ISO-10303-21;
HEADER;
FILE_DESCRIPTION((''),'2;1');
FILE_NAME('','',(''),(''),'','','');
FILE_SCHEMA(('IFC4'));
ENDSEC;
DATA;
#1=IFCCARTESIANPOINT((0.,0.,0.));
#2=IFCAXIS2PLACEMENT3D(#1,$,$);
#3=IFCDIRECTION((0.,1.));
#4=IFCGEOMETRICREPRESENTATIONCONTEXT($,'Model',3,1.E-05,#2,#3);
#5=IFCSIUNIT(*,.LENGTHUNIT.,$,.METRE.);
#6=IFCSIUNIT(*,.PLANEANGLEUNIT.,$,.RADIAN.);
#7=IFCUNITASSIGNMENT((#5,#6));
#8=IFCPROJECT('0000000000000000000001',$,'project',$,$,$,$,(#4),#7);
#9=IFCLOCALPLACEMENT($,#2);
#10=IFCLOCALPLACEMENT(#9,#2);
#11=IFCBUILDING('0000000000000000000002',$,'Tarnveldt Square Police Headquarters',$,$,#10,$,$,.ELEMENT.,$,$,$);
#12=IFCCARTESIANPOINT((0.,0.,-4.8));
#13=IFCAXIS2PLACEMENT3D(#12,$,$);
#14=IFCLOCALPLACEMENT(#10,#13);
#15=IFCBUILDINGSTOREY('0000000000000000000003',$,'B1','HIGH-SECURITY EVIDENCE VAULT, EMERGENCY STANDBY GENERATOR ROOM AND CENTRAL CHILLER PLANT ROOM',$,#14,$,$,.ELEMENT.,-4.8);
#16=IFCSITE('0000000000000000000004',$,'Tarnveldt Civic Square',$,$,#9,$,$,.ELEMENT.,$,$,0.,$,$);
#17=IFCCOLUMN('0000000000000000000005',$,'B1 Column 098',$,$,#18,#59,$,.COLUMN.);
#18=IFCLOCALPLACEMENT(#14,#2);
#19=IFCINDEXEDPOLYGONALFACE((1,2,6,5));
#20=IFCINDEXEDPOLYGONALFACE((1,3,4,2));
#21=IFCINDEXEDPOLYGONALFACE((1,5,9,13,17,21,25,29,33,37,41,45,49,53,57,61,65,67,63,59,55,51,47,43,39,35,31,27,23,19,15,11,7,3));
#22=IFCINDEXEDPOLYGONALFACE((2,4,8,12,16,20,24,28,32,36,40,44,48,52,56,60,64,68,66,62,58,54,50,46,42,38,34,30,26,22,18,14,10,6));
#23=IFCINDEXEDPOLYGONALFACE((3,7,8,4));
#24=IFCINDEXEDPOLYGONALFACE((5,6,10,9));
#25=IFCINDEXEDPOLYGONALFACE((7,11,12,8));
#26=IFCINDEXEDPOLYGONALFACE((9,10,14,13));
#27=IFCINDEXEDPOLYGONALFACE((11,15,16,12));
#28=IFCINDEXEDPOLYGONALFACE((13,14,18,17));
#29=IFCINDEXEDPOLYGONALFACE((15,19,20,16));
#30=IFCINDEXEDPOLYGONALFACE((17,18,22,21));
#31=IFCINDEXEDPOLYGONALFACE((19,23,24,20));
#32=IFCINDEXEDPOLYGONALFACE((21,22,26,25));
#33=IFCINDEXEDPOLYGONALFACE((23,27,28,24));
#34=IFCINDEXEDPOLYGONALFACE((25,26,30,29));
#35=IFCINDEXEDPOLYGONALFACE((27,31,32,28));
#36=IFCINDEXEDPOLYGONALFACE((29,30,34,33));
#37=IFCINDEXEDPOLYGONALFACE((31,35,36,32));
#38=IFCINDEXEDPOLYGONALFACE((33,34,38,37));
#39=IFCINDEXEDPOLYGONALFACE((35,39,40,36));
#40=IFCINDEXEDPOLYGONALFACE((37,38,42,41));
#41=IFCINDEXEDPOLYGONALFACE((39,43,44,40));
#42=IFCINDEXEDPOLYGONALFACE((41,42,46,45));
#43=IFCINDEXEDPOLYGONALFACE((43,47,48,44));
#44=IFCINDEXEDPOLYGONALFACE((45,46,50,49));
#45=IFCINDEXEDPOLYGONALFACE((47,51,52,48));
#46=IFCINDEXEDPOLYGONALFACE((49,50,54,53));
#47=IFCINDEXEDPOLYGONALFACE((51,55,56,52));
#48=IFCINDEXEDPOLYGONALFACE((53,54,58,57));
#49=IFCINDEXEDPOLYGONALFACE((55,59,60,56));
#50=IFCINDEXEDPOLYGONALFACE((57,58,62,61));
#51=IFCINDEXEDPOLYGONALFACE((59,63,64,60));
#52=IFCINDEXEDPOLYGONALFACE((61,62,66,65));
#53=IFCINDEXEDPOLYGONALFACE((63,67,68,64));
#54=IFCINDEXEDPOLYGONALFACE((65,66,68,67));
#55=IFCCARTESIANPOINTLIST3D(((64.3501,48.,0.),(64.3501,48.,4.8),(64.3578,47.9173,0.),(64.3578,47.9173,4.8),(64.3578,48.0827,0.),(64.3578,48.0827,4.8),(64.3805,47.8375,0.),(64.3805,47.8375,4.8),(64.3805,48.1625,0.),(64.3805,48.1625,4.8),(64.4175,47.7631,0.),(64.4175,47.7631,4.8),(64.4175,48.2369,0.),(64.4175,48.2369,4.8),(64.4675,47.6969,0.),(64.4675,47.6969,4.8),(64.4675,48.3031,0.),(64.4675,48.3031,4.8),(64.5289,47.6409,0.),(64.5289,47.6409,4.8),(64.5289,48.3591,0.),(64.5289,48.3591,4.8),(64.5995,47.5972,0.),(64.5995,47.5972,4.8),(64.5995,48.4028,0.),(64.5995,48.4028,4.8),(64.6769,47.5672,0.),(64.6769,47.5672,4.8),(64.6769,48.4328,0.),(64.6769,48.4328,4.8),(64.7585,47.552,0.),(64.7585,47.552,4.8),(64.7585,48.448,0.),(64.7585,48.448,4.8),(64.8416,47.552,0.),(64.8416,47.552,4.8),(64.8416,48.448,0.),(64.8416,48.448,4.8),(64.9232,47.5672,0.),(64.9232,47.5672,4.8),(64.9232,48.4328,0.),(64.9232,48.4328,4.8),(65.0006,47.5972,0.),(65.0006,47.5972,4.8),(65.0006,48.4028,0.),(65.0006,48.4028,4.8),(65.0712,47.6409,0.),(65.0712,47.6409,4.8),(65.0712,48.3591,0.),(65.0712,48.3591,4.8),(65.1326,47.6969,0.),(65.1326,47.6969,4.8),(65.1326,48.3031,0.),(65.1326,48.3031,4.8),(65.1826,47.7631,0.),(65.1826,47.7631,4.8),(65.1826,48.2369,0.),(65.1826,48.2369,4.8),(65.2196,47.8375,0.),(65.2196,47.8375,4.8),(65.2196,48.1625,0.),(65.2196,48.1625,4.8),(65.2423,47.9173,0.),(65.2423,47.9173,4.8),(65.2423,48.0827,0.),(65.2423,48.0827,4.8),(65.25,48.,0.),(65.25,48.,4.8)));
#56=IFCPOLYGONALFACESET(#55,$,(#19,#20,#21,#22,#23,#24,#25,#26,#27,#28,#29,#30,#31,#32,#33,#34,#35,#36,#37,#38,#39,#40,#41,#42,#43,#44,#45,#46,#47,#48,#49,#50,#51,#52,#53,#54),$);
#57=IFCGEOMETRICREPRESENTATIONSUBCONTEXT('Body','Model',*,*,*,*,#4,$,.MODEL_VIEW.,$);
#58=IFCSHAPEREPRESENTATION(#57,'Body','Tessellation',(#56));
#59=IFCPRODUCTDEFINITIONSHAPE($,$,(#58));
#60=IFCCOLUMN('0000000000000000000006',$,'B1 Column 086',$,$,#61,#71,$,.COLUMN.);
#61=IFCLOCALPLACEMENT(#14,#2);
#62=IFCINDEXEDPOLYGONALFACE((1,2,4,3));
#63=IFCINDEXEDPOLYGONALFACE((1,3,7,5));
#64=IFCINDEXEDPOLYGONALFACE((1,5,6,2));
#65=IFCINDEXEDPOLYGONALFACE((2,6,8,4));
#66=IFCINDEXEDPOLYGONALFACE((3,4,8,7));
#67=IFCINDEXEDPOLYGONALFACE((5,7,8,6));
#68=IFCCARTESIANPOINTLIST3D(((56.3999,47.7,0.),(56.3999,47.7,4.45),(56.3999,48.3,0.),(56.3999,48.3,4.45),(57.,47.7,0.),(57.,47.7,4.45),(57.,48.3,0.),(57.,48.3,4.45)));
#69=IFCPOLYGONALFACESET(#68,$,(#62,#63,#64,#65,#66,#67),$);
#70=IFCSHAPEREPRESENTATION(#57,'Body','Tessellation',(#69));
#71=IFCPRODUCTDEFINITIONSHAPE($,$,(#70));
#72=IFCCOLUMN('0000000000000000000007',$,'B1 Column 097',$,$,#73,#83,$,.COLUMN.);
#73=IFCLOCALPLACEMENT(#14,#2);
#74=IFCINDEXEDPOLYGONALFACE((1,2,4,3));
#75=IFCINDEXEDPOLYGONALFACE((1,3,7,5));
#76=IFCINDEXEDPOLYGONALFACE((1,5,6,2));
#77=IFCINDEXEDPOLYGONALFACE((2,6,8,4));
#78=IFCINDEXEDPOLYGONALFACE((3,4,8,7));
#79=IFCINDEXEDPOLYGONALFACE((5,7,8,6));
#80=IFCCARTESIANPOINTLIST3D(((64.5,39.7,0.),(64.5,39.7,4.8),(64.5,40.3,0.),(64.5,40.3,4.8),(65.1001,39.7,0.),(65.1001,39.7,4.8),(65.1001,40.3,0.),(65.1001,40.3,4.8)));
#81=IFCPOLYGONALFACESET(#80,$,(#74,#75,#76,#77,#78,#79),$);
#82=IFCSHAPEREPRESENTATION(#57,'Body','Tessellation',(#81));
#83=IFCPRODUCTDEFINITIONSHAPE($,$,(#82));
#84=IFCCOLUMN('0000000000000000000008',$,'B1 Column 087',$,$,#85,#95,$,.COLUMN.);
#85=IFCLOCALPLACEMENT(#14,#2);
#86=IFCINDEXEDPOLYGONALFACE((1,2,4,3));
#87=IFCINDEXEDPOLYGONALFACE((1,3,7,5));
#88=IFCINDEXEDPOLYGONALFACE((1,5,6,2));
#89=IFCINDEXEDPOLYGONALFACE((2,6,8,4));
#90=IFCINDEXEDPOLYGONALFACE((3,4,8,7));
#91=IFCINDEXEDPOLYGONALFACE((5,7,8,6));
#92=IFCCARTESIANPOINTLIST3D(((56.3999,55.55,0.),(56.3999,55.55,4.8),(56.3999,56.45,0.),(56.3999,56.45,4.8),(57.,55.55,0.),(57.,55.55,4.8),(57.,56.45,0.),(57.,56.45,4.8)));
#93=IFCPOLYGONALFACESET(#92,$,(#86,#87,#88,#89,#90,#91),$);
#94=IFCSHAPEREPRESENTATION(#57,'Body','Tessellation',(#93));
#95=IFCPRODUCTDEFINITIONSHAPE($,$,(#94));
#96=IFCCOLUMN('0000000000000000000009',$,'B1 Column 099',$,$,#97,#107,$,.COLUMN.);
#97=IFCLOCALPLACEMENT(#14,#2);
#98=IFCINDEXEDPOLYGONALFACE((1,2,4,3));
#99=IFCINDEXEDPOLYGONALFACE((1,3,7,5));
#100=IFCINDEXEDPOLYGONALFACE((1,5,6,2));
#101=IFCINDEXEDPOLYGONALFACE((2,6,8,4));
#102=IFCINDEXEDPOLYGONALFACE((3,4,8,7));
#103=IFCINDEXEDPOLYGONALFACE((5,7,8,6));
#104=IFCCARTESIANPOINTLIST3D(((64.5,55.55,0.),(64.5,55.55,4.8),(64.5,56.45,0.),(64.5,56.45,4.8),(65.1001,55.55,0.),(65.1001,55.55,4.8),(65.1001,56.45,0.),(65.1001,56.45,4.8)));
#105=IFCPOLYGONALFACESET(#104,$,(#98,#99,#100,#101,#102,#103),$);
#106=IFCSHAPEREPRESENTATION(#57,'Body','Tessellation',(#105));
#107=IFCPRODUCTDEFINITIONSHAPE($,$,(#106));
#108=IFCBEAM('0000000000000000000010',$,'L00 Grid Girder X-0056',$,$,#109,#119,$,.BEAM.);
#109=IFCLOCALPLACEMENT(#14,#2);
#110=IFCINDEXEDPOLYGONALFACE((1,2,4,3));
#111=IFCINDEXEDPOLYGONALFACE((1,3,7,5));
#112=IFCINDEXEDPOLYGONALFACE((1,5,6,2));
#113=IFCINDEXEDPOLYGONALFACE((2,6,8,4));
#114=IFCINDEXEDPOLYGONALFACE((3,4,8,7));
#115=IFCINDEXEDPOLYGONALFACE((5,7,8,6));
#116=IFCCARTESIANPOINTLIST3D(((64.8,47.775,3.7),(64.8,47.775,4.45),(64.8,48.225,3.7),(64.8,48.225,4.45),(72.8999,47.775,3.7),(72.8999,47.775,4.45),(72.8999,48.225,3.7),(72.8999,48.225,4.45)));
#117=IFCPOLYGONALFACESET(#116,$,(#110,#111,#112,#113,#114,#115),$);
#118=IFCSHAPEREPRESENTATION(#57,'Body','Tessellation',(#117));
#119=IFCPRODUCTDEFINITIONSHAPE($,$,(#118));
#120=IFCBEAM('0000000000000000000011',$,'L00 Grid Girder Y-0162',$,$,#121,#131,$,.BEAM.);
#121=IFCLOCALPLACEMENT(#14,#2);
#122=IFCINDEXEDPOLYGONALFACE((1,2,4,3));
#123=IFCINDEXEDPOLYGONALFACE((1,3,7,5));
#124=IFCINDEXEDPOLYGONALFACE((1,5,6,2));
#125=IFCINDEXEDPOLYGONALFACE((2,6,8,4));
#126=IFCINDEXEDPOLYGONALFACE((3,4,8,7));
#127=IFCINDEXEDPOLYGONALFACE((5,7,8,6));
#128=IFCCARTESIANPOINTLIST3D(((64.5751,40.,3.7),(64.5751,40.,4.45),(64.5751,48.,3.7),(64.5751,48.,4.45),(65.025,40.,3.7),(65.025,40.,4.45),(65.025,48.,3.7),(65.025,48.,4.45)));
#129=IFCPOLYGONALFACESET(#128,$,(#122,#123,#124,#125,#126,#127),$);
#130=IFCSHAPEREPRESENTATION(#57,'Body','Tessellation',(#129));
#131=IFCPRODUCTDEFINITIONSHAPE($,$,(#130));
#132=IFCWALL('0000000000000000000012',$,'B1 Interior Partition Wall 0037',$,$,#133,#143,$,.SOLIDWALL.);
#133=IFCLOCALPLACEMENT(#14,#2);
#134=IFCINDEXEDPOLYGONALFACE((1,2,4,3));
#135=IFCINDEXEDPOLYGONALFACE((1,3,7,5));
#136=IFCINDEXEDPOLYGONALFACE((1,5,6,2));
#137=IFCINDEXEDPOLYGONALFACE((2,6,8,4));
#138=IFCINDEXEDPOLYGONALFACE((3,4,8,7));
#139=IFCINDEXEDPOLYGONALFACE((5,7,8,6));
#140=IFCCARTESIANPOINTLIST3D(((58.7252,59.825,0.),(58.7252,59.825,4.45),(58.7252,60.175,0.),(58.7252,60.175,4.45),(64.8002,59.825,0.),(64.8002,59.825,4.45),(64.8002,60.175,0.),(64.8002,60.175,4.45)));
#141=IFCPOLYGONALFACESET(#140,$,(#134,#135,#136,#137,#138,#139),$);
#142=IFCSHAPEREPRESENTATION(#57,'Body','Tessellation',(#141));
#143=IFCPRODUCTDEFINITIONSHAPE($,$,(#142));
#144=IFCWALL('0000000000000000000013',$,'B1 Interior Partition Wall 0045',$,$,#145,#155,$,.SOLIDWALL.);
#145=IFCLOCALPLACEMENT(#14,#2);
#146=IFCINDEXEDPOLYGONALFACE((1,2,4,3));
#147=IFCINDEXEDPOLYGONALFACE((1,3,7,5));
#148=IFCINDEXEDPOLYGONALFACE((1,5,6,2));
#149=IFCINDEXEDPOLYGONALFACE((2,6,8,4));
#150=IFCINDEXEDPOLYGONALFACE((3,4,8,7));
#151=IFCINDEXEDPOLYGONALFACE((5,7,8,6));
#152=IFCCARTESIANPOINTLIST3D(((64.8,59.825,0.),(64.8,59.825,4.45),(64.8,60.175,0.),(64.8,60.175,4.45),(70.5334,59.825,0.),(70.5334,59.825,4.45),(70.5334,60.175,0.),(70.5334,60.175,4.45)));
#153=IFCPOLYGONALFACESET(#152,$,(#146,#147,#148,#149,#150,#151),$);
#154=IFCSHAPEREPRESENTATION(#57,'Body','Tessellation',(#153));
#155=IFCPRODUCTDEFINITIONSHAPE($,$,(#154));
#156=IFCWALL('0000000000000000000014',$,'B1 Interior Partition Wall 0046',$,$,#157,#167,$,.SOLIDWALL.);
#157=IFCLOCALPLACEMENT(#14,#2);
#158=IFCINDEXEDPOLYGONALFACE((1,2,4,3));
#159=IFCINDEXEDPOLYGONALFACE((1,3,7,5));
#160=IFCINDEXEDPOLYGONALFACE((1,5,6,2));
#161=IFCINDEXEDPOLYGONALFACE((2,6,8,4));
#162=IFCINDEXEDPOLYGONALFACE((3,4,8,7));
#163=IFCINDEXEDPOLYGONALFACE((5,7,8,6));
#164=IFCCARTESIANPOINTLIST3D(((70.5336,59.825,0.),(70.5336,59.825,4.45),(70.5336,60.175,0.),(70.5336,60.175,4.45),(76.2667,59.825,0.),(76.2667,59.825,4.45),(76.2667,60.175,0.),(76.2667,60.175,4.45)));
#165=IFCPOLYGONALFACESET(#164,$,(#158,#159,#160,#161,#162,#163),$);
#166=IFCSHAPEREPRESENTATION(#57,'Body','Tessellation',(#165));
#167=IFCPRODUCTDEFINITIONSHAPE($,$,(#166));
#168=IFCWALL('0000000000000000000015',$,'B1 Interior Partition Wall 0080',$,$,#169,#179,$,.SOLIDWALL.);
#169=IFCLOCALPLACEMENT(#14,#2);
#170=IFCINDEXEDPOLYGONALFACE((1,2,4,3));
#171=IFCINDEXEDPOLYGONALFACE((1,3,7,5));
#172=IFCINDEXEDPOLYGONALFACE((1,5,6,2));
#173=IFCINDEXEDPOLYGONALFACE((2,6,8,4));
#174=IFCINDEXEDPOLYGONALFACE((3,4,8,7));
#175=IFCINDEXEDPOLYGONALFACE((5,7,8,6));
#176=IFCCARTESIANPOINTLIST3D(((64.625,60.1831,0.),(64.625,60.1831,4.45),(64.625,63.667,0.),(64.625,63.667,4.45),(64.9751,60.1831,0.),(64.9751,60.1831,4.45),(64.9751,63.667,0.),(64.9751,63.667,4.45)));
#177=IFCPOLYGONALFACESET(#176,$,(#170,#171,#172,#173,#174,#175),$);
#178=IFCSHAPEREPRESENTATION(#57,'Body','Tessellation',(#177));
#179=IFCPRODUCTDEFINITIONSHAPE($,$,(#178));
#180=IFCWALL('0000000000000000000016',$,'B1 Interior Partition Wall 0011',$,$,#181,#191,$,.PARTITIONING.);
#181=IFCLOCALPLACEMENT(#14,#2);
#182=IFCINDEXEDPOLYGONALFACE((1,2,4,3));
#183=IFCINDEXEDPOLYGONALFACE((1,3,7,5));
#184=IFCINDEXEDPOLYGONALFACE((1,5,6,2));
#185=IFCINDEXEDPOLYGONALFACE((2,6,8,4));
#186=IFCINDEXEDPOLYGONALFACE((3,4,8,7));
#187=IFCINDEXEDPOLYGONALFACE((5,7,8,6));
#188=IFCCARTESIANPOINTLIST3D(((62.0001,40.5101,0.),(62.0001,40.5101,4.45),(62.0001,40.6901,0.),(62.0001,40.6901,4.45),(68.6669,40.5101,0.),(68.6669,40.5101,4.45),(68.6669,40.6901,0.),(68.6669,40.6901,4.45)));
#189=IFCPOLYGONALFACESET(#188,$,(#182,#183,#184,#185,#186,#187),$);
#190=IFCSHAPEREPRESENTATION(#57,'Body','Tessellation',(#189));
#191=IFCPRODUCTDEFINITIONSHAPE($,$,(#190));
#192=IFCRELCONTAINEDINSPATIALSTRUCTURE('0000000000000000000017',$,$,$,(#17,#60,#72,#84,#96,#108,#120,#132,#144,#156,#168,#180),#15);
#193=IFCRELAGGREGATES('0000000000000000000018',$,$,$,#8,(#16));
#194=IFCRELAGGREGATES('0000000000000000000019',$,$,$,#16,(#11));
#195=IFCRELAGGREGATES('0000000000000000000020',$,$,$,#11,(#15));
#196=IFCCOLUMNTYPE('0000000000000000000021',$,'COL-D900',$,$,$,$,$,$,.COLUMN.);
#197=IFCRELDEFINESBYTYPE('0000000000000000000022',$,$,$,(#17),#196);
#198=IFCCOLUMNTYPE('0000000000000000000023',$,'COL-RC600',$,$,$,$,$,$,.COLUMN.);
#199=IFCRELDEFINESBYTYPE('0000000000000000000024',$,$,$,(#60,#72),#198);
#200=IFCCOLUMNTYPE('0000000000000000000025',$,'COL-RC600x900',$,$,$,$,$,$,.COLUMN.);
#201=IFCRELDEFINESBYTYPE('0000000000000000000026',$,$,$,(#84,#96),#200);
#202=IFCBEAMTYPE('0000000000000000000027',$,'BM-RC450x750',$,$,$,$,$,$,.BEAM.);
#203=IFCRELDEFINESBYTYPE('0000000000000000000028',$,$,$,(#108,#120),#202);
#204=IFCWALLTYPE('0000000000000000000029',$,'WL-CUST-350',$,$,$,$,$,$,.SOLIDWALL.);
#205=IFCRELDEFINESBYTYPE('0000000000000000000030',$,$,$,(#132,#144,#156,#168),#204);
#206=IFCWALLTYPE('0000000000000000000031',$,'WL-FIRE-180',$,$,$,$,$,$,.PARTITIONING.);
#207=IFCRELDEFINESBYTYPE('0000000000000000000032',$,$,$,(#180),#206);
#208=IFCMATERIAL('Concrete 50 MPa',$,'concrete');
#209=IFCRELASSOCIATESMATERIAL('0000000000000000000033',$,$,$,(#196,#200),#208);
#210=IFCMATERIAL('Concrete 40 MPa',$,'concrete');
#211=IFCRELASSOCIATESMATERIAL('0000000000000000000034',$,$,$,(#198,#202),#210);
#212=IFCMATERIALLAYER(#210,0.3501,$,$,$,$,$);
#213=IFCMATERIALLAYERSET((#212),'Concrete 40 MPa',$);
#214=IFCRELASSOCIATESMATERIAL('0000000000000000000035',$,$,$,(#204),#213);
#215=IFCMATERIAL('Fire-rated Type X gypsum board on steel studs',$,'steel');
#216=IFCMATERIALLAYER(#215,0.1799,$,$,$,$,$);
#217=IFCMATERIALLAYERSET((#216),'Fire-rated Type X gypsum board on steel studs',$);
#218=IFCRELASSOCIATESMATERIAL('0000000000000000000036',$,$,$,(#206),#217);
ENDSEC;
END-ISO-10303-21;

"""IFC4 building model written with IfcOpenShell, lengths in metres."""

from ifc_helpers import new_model, si_unit, direction, frame, frame_2d, origin, origin_2d, place, context, subcontext, project, spatial, rectangle, circle, extrude, material, layer, layer_set, material_profile, profile_set, type_object, element, save


model = new_model("IFC4")

# Units and contexts
model_context = context("Model", 3, precision=1e-05, world=origin(), true_north=direction((0.0, 1.0)))
body_context = subcontext(model_context, "Body", "Model", "MODEL_VIEW")
ifc_project = project(units=[si_unit("LENGTHUNIT", "METRE"), si_unit("PLANEANGLEUNIT", "RADIAN")], contexts=[model_context])

# Site, building, storey
site_placement = place(None, origin())
site = spatial("IfcSite", under=ifc_project, at=site_placement, Name="Tarnveldt Civic Square", CompositionType="ELEMENT", RefElevation=0.0)
building_placement = place(site_placement, origin())
building = spatial("IfcBuilding", under=site, at=building_placement, Name="Tarnveldt Square Police Headquarters", CompositionType="ELEMENT")
storey_placement = place(building_placement, frame((0.0, 0.0, -4.8)))
storey = spatial("IfcBuildingStorey", under=building, at=storey_placement, Name="B1", Description="HIGH-SECURITY EVIDENCE VAULT, EMERGENCY STANDBY GENERATOR ROOM AND CENTRAL CHILLER PLANT ROOM", CompositionType="ELEMENT", Elevation=-4.8)

# Columns
ifc_material_1 = material(Name="Concrete 50 MPa", Category="concrete")
ifc_material_profile_1 = material_profile(ifc_material_1, circle(Radius=0.45, at=origin_2d()), Name="RC-D900")
ifc_profile_set_1 = profile_set([ifc_material_profile_1], Name="Concrete 50 MPa")
column_type_1 = type_object("IfcColumnType", Name="COL-D900", PredefinedType="COLUMN", material=ifc_profile_set_1)
column_1_placement = place(storey_placement, frame((64.8, 48.0, 0.0), z_axis=(0.0, 0.0, 1.0), x_axis=(1.0, 0.0, 0.0)))
element("IfcColumn", 1, at=column_1_placement, inside=storey, type_object=column_type_1, Name="B1 Column 098", PredefinedType="COLUMN", context=body_context, shape_type="SweptSolid", body=[
    extrude(circle(Radius=0.45, at=origin_2d()), origin(), (0.0, 0.0, 1.0), 4.8),
])
ifc_material_2 = material(Name="Concrete 40 MPa", Category="concrete")
ifc_material_profile_2 = material_profile(ifc_material_2, rectangle(XDim=0.6001, YDim=0.6001, at=origin_2d()), Name="RC-C600x600")
ifc_profile_set_2 = profile_set([ifc_material_profile_2], Name="Concrete 40 MPa")
column_type_2 = type_object("IfcColumnType", Name="COL-RC600", PredefinedType="COLUMN", material=ifc_profile_set_2)
column_2_placement = place(storey_placement, frame((56.7, 48.0, 0.0), z_axis=(0.0, 0.0, 1.0), x_axis=(1.0, 0.0, 0.0)))
element("IfcColumn", 2, at=column_2_placement, inside=storey, type_object=column_type_2, Name="B1 Column 086", PredefinedType="COLUMN", context=body_context, shape_type="SweptSolid", body=[
    extrude(rectangle(XDim=0.6001, YDim=0.6001, at=origin_2d()), origin(), (0.0, 0.0, 1.0), 4.45),
])
column_3_placement = place(storey_placement, frame((64.8, 40.0, 0.0), z_axis=(0.0, 0.0, 1.0), x_axis=(1.0, 0.0, 0.0)))
element("IfcColumn", 3, at=column_3_placement, inside=storey, type_object=column_type_2, Name="B1 Column 097", PredefinedType="COLUMN", context=body_context, shape_type="SweptSolid", body=[
    extrude(rectangle(XDim=0.6001, YDim=0.6001, at=origin_2d()), origin(), (0.0, 0.0, 1.0), 4.8),
])
ifc_material_profile_3 = material_profile(ifc_material_1, rectangle(XDim=0.6001, YDim=0.8999, at=origin_2d()), Name="RC-C600x900")
ifc_profile_set_3 = profile_set([ifc_material_profile_3], Name="Concrete 50 MPa")
column_type_3 = type_object("IfcColumnType", Name="COL-RC600x900", PredefinedType="COLUMN", material=ifc_profile_set_3)
for number, where, z_axis, x_axis, name in (
    (4, (56.7, 56.0, 0.0), (0.0, 0.0, 1.0), (1.0, 0.0, 0.0), "B1 Column 087"),
    (5, (64.8, 56.0, 0.0), (0.0, 0.0, 1.0), (1.0, 0.0, 0.0), "B1 Column 099"),
):
    element("IfcColumn", number, at=place(storey_placement, frame(where, z_axis=z_axis, x_axis=x_axis)), inside=storey, type_object=column_type_3, Name=name, PredefinedType="COLUMN", context=body_context, shape_type="SweptSolid", body=[
        extrude(rectangle(XDim=0.6001, YDim=0.8999, at=origin_2d()), origin(), (0.0, 0.0, 1.0), 4.8),
    ])

# Beams
ifc_material_profile_4 = material_profile(ifc_material_2, rectangle(XDim=0.45, YDim=0.75, at=origin_2d()), Name="RC-B450x750")
ifc_profile_set_4 = profile_set([ifc_material_profile_4], Name="Concrete 40 MPa")
beam_type = type_object("IfcBeamType", Name="BM-RC450x750", PredefinedType="BEAM", material=ifc_profile_set_4)
beam_1_placement = place(storey_placement, frame((64.8, 48.0, 4.075), z_axis=(1.0, 0.0, 0.0), x_axis=(0.0, 1.0, 0.0)))
element("IfcBeam", 6, at=beam_1_placement, inside=storey, type_object=beam_type, Name="L00 Grid Girder X-0056", PredefinedType="BEAM", context=body_context, shape_type="SweptSolid", body=[
    extrude(rectangle(XDim=0.45, YDim=0.75, at=origin_2d()), origin(), (0.0, 0.0, 1.0), 8.0999),
])
beam_2_placement = place(storey_placement, frame((64.8, 40.0, 4.075), z_axis=(0.0, 1.0, 0.0), x_axis=(-1.0, 0.0, 0.0)))
element("IfcBeam", 7, at=beam_2_placement, inside=storey, type_object=beam_type, Name="L00 Grid Girder Y-0162", PredefinedType="BEAM", context=body_context, shape_type="SweptSolid", body=[
    extrude(rectangle(XDim=0.45, YDim=0.75, at=origin_2d()), origin(), (0.0, 0.0, 1.0), 8.0),
])

# Walls
ifc_layer_1 = layer(ifc_material_2, 0.3501)
ifc_layer_set_1 = layer_set([ifc_layer_1], Name="Concrete 40 MPa")
wall_type_1 = type_object("IfcWallType", Name="WL-CUST-350", PredefinedType="SOLIDWALL", material=ifc_layer_set_1)
wall_1_placement = place(storey_placement, frame((58.7251, 60.0, 0.0), z_axis=(0.0, 0.0, 1.0), x_axis=(1.0, 0.0, 0.0)))
element("IfcWall", 8, at=wall_1_placement, inside=storey, type_object=wall_type_1, Name="B1 Interior Partition Wall 0037", PredefinedType="SOLIDWALL", context=body_context, shape_type="SweptSolid", body=[
    extrude(rectangle(XDim=6.075, YDim=0.3501, at=frame_2d((3.0376, 0.0))), origin(), (0.0, 0.0, 1.0), 4.45),
])
wall_2_placement = place(storey_placement, frame((64.8, 60.0, 0.0), z_axis=(0.0, 0.0, 1.0), x_axis=(1.0, 0.0, 0.0)))
element("IfcWall", 9, at=wall_2_placement, inside=storey, type_object=wall_type_1, Name="B1 Interior Partition Wall 0045", PredefinedType="SOLIDWALL", context=body_context, shape_type="SweptSolid", body=[
    extrude(rectangle(XDim=5.7334, YDim=0.3501, at=frame_2d((2.8667, 0.0))), origin(), (0.0, 0.0, 1.0), 4.45),
])
wall_3_placement = place(storey_placement, frame((70.5334, 60.0, 0.0), z_axis=(0.0, 0.0, 1.0), x_axis=(1.0, 0.0, 0.0)))
element("IfcWall", 10, at=wall_3_placement, inside=storey, type_object=wall_type_1, Name="B1 Interior Partition Wall 0046", PredefinedType="SOLIDWALL", context=body_context, shape_type="SweptSolid", body=[
    extrude(rectangle(XDim=5.7332, YDim=0.3501, at=frame_2d((2.8667, 0.0))), origin(), (0.0, 0.0, 1.0), 4.45),
])
wall_4_placement = place(storey_placement, frame((64.8, 60.1831, 0.0), z_axis=(0.0, 0.0, 1.0), x_axis=(0.0, 1.0, 0.0)))
element("IfcWall", 11, at=wall_4_placement, inside=storey, type_object=wall_type_1, Name="B1 Interior Partition Wall 0080", PredefinedType="SOLIDWALL", context=body_context, shape_type="SweptSolid", body=[
    extrude(rectangle(XDim=3.4839, YDim=0.3501, at=frame_2d((1.7419, 0.0))), origin(), (0.0, 0.0, 1.0), 4.45),
])
ifc_material_3 = material(Name="Fire-rated Type X gypsum board on steel studs", Category="steel")
ifc_layer_2 = layer(ifc_material_3, 0.1799)
ifc_layer_set_2 = layer_set([ifc_layer_2], Name="Fire-rated Type X gypsum board on steel studs")
wall_type_2 = type_object("IfcWallType", Name="WL-FIRE-180", PredefinedType="PARTITIONING", material=ifc_layer_set_2)
wall_5_placement = place(storey_placement, frame((62.0, 40.6001, 0.0), z_axis=(0.0, 0.0, 1.0), x_axis=(1.0, 0.0, 0.0)))
element("IfcWall", 12, at=wall_5_placement, inside=storey, type_object=wall_type_2, Name="B1 Interior Partition Wall 0011", PredefinedType="PARTITIONING", context=body_context, shape_type="SweptSolid", body=[
    extrude(rectangle(XDim=6.6667, YDim=0.1799, at=frame_2d((3.3335, 0.0))), origin(), (0.0, 0.0, 1.0), 4.45),
])

save(model, "model.ifc")
